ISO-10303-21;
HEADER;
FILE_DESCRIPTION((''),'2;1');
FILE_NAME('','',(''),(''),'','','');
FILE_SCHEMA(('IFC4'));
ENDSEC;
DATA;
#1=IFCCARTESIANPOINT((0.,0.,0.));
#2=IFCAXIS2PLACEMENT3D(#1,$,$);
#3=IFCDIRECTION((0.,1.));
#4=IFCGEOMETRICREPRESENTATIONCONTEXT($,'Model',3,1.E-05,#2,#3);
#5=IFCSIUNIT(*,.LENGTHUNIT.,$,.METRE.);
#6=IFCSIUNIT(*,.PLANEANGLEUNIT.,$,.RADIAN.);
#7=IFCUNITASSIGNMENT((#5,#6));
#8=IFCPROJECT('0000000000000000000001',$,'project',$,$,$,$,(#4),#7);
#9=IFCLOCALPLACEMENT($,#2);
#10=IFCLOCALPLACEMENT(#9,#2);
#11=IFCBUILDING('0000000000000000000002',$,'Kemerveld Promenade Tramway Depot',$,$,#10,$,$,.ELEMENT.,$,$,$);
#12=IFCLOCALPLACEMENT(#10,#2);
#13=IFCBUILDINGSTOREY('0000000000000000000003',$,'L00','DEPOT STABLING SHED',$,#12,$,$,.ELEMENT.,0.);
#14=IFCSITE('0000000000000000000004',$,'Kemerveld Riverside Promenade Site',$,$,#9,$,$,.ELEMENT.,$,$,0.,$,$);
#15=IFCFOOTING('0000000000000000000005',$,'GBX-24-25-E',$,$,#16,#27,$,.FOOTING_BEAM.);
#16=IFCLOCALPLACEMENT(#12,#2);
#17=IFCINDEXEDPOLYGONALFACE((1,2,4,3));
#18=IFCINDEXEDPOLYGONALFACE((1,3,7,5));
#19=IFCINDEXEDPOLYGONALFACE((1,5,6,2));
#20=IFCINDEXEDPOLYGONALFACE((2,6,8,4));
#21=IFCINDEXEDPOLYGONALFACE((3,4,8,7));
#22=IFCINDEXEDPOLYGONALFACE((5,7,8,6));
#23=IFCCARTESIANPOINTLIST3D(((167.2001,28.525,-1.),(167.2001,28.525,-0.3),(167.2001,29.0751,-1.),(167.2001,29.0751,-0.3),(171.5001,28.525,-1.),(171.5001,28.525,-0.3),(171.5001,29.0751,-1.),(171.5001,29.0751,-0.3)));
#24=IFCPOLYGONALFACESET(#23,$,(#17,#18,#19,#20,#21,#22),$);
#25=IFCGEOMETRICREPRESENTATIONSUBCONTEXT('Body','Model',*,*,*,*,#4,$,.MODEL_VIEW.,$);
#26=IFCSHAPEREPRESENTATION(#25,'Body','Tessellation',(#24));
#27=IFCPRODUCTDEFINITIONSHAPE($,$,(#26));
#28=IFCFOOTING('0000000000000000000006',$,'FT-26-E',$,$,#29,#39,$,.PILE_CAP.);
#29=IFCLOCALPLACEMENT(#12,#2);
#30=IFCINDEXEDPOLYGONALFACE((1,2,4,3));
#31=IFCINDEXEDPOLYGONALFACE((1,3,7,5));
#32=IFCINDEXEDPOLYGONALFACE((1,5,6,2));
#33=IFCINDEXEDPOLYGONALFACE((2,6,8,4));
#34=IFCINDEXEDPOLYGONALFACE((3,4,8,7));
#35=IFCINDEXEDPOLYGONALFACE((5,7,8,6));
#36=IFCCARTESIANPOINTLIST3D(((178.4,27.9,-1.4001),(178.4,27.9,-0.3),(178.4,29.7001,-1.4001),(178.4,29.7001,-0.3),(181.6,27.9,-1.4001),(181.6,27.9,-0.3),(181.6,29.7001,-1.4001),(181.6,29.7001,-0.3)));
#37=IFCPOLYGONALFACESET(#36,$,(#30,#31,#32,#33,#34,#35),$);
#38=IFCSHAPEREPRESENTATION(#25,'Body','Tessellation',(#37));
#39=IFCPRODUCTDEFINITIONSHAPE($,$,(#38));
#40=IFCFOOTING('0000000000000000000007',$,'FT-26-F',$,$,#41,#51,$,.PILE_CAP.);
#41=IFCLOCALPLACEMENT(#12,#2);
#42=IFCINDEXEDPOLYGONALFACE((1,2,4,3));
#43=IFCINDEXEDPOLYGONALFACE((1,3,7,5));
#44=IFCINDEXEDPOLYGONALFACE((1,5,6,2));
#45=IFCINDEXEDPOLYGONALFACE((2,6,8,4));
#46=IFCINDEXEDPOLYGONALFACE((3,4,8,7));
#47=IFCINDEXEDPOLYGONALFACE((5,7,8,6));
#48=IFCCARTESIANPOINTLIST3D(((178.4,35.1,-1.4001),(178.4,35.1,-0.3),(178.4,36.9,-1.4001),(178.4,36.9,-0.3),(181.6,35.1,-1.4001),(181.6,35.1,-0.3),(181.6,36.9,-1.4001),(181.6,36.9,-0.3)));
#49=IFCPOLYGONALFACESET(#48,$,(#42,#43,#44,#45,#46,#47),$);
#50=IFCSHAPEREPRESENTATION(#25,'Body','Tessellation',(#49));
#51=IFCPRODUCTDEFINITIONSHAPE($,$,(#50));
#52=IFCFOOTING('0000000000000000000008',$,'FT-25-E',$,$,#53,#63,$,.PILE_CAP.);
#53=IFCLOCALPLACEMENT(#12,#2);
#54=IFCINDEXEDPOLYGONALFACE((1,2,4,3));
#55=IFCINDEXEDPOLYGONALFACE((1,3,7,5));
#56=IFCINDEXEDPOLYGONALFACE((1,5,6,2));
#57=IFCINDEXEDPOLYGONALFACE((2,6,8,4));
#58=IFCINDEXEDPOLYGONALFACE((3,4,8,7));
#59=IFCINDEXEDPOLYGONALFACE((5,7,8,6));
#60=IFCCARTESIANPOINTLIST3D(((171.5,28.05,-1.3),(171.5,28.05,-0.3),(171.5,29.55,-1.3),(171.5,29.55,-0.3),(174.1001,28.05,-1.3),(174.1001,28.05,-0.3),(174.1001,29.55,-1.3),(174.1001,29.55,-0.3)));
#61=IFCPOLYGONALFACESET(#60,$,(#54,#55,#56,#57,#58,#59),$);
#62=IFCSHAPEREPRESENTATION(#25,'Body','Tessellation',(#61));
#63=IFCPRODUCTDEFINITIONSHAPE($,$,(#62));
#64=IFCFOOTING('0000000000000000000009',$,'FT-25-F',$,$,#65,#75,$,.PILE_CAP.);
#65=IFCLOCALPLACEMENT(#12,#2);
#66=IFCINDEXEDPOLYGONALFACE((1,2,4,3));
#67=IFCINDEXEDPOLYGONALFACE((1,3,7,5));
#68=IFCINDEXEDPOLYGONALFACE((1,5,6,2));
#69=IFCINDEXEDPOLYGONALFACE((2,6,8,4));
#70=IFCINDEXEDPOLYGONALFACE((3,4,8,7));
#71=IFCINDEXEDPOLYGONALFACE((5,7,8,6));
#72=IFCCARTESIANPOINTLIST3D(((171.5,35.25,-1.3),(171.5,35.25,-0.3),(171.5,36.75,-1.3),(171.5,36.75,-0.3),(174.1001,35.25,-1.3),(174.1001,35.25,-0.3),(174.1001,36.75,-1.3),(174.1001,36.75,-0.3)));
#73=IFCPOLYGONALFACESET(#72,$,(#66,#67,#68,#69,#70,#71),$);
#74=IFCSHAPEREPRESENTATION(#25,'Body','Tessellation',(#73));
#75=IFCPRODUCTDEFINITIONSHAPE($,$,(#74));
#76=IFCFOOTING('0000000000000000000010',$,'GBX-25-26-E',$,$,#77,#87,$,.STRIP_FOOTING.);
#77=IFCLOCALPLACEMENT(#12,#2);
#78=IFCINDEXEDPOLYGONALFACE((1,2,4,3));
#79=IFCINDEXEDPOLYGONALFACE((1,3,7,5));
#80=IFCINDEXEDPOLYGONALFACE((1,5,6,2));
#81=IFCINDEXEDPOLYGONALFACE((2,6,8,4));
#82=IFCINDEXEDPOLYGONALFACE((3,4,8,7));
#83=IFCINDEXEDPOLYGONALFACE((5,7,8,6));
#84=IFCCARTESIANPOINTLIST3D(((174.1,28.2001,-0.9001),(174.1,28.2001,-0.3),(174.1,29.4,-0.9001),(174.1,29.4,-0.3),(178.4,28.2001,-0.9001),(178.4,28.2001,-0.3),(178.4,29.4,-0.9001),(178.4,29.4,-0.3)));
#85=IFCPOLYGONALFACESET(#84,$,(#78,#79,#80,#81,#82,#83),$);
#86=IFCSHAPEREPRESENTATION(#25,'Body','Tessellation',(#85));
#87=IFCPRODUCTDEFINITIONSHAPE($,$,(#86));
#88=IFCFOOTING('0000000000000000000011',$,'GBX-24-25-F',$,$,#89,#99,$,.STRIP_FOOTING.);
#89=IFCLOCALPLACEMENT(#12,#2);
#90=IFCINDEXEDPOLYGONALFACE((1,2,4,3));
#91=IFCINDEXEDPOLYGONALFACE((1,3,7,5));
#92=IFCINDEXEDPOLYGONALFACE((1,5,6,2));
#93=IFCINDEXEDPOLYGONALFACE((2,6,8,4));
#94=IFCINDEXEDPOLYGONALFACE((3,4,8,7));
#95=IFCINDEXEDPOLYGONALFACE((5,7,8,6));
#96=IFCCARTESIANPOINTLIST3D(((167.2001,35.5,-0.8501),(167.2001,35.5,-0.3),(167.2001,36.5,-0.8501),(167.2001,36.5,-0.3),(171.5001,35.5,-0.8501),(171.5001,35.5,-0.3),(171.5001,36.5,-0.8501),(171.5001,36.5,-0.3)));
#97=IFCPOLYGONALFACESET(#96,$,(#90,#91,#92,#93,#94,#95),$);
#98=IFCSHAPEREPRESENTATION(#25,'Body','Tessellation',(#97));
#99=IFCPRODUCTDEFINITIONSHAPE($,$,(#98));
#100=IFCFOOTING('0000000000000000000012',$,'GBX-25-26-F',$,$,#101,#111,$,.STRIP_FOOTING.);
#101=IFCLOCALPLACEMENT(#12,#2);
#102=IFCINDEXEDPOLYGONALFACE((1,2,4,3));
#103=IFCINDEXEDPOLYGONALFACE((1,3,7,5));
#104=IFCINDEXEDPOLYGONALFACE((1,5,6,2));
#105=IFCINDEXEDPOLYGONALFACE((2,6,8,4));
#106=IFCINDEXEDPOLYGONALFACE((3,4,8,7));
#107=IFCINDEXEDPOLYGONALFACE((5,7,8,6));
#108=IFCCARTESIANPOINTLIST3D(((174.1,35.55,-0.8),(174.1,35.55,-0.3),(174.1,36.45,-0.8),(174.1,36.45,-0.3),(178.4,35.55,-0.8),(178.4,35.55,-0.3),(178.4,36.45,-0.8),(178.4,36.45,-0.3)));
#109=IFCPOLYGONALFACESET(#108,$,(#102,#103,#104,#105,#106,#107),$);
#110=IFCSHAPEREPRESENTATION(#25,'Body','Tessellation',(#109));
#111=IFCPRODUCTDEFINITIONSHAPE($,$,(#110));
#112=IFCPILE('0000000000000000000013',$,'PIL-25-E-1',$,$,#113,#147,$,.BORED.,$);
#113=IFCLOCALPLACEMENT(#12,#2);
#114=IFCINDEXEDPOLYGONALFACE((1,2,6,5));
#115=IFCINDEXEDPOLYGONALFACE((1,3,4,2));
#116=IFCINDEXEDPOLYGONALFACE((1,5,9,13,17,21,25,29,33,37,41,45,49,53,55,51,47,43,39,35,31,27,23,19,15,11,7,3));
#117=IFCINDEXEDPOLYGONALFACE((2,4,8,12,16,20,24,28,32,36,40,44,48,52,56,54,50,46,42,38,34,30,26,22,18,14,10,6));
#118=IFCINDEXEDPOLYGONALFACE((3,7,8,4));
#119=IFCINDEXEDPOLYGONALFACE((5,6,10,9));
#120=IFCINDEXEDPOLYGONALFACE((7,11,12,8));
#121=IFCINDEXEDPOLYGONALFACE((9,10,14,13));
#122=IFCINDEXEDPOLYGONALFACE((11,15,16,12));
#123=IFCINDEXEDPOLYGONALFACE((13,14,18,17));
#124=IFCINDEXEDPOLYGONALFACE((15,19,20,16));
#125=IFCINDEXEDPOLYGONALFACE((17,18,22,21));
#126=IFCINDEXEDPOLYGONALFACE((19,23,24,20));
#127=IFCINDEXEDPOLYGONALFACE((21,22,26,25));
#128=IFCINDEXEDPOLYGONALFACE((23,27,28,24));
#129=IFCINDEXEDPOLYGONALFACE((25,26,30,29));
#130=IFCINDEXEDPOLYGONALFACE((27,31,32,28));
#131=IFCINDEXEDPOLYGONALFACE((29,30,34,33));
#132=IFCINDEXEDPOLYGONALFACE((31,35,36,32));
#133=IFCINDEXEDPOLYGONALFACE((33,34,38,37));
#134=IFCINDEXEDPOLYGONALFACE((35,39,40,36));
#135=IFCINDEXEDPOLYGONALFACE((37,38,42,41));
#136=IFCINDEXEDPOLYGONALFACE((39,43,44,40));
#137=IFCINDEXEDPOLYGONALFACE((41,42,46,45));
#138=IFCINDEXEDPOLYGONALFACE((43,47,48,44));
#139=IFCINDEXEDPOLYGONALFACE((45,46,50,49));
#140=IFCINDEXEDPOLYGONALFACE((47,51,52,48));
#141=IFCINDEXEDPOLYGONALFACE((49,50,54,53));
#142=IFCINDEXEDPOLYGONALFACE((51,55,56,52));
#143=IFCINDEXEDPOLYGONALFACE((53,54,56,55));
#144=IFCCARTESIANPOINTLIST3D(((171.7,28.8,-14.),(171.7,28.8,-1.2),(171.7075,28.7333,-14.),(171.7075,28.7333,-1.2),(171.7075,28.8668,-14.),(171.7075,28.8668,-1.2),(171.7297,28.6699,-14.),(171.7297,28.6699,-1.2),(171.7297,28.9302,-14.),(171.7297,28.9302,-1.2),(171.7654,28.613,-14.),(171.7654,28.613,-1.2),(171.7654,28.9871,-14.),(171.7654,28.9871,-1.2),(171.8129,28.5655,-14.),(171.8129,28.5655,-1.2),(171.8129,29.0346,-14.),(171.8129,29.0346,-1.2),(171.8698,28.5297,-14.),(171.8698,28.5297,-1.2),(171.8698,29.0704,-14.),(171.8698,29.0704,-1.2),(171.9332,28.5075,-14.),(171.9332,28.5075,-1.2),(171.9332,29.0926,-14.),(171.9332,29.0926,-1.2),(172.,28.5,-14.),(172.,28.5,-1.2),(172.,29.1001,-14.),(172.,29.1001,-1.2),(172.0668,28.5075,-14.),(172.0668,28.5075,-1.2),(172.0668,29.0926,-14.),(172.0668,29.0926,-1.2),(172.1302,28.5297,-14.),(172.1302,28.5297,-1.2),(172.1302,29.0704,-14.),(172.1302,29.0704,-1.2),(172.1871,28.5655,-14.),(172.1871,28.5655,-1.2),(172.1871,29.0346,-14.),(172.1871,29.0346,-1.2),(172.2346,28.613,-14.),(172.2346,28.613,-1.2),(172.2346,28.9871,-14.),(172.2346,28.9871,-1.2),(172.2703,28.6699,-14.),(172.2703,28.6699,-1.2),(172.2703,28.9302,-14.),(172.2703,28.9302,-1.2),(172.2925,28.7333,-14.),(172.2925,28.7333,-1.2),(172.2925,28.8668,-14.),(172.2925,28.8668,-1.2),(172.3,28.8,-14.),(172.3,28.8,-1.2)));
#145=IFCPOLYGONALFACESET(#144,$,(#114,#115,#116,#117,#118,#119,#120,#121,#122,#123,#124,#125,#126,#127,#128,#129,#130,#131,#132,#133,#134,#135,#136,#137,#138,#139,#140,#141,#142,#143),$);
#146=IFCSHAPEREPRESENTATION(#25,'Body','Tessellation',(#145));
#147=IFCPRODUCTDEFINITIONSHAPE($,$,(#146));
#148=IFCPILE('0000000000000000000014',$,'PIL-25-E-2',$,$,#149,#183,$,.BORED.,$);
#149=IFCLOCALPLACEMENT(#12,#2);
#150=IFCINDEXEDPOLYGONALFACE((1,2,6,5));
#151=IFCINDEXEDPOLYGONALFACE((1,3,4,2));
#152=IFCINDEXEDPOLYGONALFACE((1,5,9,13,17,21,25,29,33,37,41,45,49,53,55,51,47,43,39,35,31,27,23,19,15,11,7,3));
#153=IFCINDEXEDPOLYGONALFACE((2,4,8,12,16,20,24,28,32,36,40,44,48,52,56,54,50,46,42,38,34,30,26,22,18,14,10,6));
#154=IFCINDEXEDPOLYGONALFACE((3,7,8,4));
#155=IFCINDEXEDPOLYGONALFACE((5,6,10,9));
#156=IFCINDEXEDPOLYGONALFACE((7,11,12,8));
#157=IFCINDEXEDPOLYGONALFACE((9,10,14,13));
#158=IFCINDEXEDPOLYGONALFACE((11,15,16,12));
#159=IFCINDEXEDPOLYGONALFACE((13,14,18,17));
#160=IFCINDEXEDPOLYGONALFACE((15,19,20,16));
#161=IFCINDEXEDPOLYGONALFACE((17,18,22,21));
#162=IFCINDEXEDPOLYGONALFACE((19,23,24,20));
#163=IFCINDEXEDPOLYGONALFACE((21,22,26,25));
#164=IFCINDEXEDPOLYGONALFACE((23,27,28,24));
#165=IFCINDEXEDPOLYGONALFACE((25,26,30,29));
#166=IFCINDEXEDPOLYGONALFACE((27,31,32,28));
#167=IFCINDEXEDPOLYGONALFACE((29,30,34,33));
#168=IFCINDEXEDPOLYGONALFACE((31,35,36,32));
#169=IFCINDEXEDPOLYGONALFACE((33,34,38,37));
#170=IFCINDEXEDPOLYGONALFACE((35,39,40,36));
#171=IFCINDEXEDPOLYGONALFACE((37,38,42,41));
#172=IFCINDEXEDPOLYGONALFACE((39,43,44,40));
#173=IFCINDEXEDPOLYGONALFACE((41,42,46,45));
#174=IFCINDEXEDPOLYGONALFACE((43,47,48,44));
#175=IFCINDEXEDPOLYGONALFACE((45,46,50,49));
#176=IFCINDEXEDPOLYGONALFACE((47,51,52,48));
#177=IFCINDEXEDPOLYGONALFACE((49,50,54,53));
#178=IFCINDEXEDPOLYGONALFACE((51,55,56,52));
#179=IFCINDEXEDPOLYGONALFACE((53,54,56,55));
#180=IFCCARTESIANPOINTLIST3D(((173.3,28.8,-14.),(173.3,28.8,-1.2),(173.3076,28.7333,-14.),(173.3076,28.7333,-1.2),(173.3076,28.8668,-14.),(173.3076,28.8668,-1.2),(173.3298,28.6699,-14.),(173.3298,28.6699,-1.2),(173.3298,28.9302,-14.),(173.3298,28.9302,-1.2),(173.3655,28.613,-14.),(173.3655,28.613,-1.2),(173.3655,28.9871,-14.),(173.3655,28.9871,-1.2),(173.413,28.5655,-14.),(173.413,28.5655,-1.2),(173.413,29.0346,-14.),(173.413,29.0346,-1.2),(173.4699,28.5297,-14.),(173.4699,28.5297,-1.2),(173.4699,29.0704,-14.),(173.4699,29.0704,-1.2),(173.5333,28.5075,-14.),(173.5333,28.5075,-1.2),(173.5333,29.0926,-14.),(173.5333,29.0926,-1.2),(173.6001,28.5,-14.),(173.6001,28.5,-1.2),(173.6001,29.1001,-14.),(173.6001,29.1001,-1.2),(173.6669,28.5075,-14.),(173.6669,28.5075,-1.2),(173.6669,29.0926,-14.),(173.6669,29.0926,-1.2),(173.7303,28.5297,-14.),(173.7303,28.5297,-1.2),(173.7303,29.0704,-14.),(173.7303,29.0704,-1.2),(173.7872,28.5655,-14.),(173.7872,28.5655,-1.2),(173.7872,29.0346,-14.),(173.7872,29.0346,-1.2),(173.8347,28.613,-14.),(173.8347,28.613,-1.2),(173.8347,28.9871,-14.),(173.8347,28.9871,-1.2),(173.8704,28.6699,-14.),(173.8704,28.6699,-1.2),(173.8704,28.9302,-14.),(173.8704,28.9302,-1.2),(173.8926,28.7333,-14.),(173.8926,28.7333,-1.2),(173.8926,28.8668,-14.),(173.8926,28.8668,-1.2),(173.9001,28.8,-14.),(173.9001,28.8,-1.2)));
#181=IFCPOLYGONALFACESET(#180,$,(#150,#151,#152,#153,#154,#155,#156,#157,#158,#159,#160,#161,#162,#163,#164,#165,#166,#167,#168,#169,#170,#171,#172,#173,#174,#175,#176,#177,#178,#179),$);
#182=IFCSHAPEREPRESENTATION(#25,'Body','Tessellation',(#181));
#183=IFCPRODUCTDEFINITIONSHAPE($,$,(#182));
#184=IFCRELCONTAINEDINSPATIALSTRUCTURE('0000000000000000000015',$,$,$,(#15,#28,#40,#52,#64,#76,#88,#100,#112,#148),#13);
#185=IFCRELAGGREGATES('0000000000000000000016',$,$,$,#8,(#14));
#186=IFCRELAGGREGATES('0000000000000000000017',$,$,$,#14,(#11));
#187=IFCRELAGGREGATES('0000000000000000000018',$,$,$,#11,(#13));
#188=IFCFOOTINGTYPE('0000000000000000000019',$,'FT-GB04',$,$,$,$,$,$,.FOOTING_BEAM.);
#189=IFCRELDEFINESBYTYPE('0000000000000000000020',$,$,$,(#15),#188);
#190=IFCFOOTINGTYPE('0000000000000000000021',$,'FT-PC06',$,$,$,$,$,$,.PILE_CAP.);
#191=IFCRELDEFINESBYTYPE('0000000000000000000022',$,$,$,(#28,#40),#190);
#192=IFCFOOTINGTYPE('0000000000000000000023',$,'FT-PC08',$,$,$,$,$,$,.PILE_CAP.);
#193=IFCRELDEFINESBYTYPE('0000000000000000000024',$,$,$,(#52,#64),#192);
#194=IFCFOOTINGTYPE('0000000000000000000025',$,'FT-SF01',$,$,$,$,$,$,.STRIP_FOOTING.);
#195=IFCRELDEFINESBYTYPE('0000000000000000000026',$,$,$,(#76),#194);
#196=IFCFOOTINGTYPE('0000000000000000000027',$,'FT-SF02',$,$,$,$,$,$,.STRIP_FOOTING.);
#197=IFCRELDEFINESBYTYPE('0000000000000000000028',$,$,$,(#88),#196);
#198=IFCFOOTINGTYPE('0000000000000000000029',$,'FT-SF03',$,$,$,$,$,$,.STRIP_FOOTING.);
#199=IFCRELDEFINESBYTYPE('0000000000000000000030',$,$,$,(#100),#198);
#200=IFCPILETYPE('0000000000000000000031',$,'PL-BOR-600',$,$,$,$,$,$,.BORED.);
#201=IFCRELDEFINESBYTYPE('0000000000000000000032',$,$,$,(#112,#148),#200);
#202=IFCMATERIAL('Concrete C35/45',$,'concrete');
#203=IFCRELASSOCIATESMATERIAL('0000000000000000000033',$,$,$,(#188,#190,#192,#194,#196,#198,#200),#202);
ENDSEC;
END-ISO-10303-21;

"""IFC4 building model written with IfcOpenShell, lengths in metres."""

from ifc_helpers import new_model, si_unit, direction, frame, origin, origin_2d, place, context, subcontext, project, spatial, rectangle, circle, extrude, material, material_profile, profile_set, type_object, element, save


model = new_model("IFC4")

# Units and contexts
model_context = context("Model", 3, precision=1e-05, world=origin(), true_north=direction((0.0, 1.0)))
body_context = subcontext(model_context, "Body", "Model", "MODEL_VIEW")
ifc_project = project(units=[si_unit("LENGTHUNIT", "METRE"), si_unit("PLANEANGLEUNIT", "RADIAN")], contexts=[model_context])

# Site, building, storey
site_placement = place(None, origin())
site = spatial("IfcSite", under=ifc_project, at=site_placement, Name="Kemerveld Riverside Promenade Site", CompositionType="ELEMENT", RefElevation=0.0)
building_placement = place(site_placement, origin())
building = spatial("IfcBuilding", under=site, at=building_placement, Name="Kemerveld Promenade Tramway Depot", CompositionType="ELEMENT")
storey_placement = place(building_placement, origin())
storey = spatial("IfcBuildingStorey", under=building, at=storey_placement, Name="L00", Description="DEPOT STABLING SHED", CompositionType="ELEMENT", Elevation=0.0)

# Footings
ifc_material_1 = material(Name="Concrete C35/45", Category="concrete")
footing_type_1 = type_object("IfcFootingType", Name="FT-GB04", PredefinedType="FOOTING_BEAM", material=ifc_material_1)
footing_1_placement = place(storey_placement, frame((169.3501, 28.8, -1.0), z_axis=(0.0, 0.0, 1.0), x_axis=(1.0, 0.0, 0.0)))
element("IfcFooting", 1, at=footing_1_placement, inside=storey, type_object=footing_type_1, Name="GBX-24-25-E", PredefinedType="FOOTING_BEAM", context=body_context, shape_type="SweptSolid", body=[
    extrude(rectangle(XDim=4.3, YDim=0.55, at=origin_2d()), origin(), (0.0, 0.0, 1.0), 0.7),
])
footing_type_2 = type_object("IfcFootingType", Name="FT-PC06", PredefinedType="PILE_CAP", material=ifc_material_1)
for number, where, z_axis, x_axis, name in (
    (2, (180.0, 28.8, -1.4001), (0.0, 0.0, 1.0), (1.0, 0.0, 0.0), "FT-26-E"),
    (3, (180.0, 36.0, -1.4001), (0.0, 0.0, 1.0), (1.0, 0.0, 0.0), "FT-26-F"),
):
    element("IfcFooting", number, at=place(storey_placement, frame(where, z_axis=z_axis, x_axis=x_axis)), inside=storey, type_object=footing_type_2, Name=name, PredefinedType="PILE_CAP", context=body_context, shape_type="SweptSolid", body=[
        extrude(rectangle(XDim=3.2, YDim=1.8, at=origin_2d()), origin(), (0.0, 0.0, 1.0), 1.1001),
    ])
footing_type_3 = type_object("IfcFootingType", Name="FT-PC08", PredefinedType="PILE_CAP", material=ifc_material_1)
for number, where, z_axis, x_axis, name in (
    (4, (172.8, 28.8, -1.3), (0.0, 0.0, 1.0), (1.0, 0.0, 0.0), "FT-25-E"),
    (5, (172.8, 36.0, -1.3), (0.0, 0.0, 1.0), (1.0, 0.0, 0.0), "FT-25-F"),
):
    element("IfcFooting", number, at=place(storey_placement, frame(where, z_axis=z_axis, x_axis=x_axis)), inside=storey, type_object=footing_type_3, Name=name, PredefinedType="PILE_CAP", context=body_context, shape_type="SweptSolid", body=[
        extrude(rectangle(XDim=2.6001, YDim=1.5, at=origin_2d()), origin(), (0.0, 0.0, 1.0), 1.0),
    ])
footing_type_4 = type_object("IfcFootingType", Name="FT-SF01", PredefinedType="STRIP_FOOTING", material=ifc_material_1)
footing_2_placement = place(storey_placement, frame((176.25, 28.8, -0.9001), z_axis=(0.0, 0.0, 1.0), x_axis=(1.0, 0.0, 0.0)))
element("IfcFooting", 6, at=footing_2_placement, inside=storey, type_object=footing_type_4, Name="GBX-25-26-E", PredefinedType="STRIP_FOOTING", context=body_context, shape_type="SweptSolid", body=[
    extrude(rectangle(XDim=4.3, YDim=1.2, at=origin_2d()), origin(), (0.0, 0.0, 1.0), 0.6001),
])
footing_type_5 = type_object("IfcFootingType", Name="FT-SF02", PredefinedType="STRIP_FOOTING", material=ifc_material_1)
footing_3_placement = place(storey_placement, frame((169.3501, 36.0, -0.8501), z_axis=(0.0, 0.0, 1.0), x_axis=(1.0, 0.0, 0.0)))
element("IfcFooting", 7, at=footing_3_placement, inside=storey, type_object=footing_type_5, Name="GBX-24-25-F", PredefinedType="STRIP_FOOTING", context=body_context, shape_type="SweptSolid", body=[
    extrude(rectangle(XDim=4.3, YDim=1.0, at=origin_2d()), origin(), (0.0, 0.0, 1.0), 0.55),
])
footing_type_6 = type_object("IfcFootingType", Name="FT-SF03", PredefinedType="STRIP_FOOTING", material=ifc_material_1)
footing_4_placement = place(storey_placement, frame((176.25, 36.0, -0.8), z_axis=(0.0, 0.0, 1.0), x_axis=(1.0, 0.0, 0.0)))
element("IfcFooting", 8, at=footing_4_placement, inside=storey, type_object=footing_type_6, Name="GBX-25-26-F", PredefinedType="STRIP_FOOTING", context=body_context, shape_type="SweptSolid", body=[
    extrude(rectangle(XDim=4.3, YDim=0.8999, at=origin_2d()), origin(), (0.0, 0.0, 1.0), 0.5),
])

# Piles
ifc_material_profile_1 = material_profile(ifc_material_1, circle(Radius=0.3, at=origin_2d()), Name="PILE-D600")
ifc_profile_set_1 = profile_set([ifc_material_profile_1], Name="Concrete C35/45")
pile_type_1 = type_object("IfcPileType", Name="PL-BOR-600", PredefinedType="BORED", material=ifc_profile_set_1)
for number, where, z_axis, x_axis, name in (
    (9, (172.0, 28.8, -1.2), (0.0, 0.0, -1.0), (1.0, 0.0, 0.0), "PIL-25-E-1"),
    (10, (173.6001, 28.8, -1.2), (0.0, 0.0, -1.0), (1.0, 0.0, 0.0), "PIL-25-E-2"),
):
    element("IfcPile", number, at=place(storey_placement, frame(where, z_axis=z_axis, x_axis=x_axis)), inside=storey, type_object=pile_type_1, Name=name, PredefinedType="BORED", context=body_context, shape_type="SweptSolid", body=[
        extrude(circle(Radius=0.3, at=origin_2d()), origin(), (0.0, 0.0, 1.0), 12.8),
    ])

save(model, "model.ifc")
